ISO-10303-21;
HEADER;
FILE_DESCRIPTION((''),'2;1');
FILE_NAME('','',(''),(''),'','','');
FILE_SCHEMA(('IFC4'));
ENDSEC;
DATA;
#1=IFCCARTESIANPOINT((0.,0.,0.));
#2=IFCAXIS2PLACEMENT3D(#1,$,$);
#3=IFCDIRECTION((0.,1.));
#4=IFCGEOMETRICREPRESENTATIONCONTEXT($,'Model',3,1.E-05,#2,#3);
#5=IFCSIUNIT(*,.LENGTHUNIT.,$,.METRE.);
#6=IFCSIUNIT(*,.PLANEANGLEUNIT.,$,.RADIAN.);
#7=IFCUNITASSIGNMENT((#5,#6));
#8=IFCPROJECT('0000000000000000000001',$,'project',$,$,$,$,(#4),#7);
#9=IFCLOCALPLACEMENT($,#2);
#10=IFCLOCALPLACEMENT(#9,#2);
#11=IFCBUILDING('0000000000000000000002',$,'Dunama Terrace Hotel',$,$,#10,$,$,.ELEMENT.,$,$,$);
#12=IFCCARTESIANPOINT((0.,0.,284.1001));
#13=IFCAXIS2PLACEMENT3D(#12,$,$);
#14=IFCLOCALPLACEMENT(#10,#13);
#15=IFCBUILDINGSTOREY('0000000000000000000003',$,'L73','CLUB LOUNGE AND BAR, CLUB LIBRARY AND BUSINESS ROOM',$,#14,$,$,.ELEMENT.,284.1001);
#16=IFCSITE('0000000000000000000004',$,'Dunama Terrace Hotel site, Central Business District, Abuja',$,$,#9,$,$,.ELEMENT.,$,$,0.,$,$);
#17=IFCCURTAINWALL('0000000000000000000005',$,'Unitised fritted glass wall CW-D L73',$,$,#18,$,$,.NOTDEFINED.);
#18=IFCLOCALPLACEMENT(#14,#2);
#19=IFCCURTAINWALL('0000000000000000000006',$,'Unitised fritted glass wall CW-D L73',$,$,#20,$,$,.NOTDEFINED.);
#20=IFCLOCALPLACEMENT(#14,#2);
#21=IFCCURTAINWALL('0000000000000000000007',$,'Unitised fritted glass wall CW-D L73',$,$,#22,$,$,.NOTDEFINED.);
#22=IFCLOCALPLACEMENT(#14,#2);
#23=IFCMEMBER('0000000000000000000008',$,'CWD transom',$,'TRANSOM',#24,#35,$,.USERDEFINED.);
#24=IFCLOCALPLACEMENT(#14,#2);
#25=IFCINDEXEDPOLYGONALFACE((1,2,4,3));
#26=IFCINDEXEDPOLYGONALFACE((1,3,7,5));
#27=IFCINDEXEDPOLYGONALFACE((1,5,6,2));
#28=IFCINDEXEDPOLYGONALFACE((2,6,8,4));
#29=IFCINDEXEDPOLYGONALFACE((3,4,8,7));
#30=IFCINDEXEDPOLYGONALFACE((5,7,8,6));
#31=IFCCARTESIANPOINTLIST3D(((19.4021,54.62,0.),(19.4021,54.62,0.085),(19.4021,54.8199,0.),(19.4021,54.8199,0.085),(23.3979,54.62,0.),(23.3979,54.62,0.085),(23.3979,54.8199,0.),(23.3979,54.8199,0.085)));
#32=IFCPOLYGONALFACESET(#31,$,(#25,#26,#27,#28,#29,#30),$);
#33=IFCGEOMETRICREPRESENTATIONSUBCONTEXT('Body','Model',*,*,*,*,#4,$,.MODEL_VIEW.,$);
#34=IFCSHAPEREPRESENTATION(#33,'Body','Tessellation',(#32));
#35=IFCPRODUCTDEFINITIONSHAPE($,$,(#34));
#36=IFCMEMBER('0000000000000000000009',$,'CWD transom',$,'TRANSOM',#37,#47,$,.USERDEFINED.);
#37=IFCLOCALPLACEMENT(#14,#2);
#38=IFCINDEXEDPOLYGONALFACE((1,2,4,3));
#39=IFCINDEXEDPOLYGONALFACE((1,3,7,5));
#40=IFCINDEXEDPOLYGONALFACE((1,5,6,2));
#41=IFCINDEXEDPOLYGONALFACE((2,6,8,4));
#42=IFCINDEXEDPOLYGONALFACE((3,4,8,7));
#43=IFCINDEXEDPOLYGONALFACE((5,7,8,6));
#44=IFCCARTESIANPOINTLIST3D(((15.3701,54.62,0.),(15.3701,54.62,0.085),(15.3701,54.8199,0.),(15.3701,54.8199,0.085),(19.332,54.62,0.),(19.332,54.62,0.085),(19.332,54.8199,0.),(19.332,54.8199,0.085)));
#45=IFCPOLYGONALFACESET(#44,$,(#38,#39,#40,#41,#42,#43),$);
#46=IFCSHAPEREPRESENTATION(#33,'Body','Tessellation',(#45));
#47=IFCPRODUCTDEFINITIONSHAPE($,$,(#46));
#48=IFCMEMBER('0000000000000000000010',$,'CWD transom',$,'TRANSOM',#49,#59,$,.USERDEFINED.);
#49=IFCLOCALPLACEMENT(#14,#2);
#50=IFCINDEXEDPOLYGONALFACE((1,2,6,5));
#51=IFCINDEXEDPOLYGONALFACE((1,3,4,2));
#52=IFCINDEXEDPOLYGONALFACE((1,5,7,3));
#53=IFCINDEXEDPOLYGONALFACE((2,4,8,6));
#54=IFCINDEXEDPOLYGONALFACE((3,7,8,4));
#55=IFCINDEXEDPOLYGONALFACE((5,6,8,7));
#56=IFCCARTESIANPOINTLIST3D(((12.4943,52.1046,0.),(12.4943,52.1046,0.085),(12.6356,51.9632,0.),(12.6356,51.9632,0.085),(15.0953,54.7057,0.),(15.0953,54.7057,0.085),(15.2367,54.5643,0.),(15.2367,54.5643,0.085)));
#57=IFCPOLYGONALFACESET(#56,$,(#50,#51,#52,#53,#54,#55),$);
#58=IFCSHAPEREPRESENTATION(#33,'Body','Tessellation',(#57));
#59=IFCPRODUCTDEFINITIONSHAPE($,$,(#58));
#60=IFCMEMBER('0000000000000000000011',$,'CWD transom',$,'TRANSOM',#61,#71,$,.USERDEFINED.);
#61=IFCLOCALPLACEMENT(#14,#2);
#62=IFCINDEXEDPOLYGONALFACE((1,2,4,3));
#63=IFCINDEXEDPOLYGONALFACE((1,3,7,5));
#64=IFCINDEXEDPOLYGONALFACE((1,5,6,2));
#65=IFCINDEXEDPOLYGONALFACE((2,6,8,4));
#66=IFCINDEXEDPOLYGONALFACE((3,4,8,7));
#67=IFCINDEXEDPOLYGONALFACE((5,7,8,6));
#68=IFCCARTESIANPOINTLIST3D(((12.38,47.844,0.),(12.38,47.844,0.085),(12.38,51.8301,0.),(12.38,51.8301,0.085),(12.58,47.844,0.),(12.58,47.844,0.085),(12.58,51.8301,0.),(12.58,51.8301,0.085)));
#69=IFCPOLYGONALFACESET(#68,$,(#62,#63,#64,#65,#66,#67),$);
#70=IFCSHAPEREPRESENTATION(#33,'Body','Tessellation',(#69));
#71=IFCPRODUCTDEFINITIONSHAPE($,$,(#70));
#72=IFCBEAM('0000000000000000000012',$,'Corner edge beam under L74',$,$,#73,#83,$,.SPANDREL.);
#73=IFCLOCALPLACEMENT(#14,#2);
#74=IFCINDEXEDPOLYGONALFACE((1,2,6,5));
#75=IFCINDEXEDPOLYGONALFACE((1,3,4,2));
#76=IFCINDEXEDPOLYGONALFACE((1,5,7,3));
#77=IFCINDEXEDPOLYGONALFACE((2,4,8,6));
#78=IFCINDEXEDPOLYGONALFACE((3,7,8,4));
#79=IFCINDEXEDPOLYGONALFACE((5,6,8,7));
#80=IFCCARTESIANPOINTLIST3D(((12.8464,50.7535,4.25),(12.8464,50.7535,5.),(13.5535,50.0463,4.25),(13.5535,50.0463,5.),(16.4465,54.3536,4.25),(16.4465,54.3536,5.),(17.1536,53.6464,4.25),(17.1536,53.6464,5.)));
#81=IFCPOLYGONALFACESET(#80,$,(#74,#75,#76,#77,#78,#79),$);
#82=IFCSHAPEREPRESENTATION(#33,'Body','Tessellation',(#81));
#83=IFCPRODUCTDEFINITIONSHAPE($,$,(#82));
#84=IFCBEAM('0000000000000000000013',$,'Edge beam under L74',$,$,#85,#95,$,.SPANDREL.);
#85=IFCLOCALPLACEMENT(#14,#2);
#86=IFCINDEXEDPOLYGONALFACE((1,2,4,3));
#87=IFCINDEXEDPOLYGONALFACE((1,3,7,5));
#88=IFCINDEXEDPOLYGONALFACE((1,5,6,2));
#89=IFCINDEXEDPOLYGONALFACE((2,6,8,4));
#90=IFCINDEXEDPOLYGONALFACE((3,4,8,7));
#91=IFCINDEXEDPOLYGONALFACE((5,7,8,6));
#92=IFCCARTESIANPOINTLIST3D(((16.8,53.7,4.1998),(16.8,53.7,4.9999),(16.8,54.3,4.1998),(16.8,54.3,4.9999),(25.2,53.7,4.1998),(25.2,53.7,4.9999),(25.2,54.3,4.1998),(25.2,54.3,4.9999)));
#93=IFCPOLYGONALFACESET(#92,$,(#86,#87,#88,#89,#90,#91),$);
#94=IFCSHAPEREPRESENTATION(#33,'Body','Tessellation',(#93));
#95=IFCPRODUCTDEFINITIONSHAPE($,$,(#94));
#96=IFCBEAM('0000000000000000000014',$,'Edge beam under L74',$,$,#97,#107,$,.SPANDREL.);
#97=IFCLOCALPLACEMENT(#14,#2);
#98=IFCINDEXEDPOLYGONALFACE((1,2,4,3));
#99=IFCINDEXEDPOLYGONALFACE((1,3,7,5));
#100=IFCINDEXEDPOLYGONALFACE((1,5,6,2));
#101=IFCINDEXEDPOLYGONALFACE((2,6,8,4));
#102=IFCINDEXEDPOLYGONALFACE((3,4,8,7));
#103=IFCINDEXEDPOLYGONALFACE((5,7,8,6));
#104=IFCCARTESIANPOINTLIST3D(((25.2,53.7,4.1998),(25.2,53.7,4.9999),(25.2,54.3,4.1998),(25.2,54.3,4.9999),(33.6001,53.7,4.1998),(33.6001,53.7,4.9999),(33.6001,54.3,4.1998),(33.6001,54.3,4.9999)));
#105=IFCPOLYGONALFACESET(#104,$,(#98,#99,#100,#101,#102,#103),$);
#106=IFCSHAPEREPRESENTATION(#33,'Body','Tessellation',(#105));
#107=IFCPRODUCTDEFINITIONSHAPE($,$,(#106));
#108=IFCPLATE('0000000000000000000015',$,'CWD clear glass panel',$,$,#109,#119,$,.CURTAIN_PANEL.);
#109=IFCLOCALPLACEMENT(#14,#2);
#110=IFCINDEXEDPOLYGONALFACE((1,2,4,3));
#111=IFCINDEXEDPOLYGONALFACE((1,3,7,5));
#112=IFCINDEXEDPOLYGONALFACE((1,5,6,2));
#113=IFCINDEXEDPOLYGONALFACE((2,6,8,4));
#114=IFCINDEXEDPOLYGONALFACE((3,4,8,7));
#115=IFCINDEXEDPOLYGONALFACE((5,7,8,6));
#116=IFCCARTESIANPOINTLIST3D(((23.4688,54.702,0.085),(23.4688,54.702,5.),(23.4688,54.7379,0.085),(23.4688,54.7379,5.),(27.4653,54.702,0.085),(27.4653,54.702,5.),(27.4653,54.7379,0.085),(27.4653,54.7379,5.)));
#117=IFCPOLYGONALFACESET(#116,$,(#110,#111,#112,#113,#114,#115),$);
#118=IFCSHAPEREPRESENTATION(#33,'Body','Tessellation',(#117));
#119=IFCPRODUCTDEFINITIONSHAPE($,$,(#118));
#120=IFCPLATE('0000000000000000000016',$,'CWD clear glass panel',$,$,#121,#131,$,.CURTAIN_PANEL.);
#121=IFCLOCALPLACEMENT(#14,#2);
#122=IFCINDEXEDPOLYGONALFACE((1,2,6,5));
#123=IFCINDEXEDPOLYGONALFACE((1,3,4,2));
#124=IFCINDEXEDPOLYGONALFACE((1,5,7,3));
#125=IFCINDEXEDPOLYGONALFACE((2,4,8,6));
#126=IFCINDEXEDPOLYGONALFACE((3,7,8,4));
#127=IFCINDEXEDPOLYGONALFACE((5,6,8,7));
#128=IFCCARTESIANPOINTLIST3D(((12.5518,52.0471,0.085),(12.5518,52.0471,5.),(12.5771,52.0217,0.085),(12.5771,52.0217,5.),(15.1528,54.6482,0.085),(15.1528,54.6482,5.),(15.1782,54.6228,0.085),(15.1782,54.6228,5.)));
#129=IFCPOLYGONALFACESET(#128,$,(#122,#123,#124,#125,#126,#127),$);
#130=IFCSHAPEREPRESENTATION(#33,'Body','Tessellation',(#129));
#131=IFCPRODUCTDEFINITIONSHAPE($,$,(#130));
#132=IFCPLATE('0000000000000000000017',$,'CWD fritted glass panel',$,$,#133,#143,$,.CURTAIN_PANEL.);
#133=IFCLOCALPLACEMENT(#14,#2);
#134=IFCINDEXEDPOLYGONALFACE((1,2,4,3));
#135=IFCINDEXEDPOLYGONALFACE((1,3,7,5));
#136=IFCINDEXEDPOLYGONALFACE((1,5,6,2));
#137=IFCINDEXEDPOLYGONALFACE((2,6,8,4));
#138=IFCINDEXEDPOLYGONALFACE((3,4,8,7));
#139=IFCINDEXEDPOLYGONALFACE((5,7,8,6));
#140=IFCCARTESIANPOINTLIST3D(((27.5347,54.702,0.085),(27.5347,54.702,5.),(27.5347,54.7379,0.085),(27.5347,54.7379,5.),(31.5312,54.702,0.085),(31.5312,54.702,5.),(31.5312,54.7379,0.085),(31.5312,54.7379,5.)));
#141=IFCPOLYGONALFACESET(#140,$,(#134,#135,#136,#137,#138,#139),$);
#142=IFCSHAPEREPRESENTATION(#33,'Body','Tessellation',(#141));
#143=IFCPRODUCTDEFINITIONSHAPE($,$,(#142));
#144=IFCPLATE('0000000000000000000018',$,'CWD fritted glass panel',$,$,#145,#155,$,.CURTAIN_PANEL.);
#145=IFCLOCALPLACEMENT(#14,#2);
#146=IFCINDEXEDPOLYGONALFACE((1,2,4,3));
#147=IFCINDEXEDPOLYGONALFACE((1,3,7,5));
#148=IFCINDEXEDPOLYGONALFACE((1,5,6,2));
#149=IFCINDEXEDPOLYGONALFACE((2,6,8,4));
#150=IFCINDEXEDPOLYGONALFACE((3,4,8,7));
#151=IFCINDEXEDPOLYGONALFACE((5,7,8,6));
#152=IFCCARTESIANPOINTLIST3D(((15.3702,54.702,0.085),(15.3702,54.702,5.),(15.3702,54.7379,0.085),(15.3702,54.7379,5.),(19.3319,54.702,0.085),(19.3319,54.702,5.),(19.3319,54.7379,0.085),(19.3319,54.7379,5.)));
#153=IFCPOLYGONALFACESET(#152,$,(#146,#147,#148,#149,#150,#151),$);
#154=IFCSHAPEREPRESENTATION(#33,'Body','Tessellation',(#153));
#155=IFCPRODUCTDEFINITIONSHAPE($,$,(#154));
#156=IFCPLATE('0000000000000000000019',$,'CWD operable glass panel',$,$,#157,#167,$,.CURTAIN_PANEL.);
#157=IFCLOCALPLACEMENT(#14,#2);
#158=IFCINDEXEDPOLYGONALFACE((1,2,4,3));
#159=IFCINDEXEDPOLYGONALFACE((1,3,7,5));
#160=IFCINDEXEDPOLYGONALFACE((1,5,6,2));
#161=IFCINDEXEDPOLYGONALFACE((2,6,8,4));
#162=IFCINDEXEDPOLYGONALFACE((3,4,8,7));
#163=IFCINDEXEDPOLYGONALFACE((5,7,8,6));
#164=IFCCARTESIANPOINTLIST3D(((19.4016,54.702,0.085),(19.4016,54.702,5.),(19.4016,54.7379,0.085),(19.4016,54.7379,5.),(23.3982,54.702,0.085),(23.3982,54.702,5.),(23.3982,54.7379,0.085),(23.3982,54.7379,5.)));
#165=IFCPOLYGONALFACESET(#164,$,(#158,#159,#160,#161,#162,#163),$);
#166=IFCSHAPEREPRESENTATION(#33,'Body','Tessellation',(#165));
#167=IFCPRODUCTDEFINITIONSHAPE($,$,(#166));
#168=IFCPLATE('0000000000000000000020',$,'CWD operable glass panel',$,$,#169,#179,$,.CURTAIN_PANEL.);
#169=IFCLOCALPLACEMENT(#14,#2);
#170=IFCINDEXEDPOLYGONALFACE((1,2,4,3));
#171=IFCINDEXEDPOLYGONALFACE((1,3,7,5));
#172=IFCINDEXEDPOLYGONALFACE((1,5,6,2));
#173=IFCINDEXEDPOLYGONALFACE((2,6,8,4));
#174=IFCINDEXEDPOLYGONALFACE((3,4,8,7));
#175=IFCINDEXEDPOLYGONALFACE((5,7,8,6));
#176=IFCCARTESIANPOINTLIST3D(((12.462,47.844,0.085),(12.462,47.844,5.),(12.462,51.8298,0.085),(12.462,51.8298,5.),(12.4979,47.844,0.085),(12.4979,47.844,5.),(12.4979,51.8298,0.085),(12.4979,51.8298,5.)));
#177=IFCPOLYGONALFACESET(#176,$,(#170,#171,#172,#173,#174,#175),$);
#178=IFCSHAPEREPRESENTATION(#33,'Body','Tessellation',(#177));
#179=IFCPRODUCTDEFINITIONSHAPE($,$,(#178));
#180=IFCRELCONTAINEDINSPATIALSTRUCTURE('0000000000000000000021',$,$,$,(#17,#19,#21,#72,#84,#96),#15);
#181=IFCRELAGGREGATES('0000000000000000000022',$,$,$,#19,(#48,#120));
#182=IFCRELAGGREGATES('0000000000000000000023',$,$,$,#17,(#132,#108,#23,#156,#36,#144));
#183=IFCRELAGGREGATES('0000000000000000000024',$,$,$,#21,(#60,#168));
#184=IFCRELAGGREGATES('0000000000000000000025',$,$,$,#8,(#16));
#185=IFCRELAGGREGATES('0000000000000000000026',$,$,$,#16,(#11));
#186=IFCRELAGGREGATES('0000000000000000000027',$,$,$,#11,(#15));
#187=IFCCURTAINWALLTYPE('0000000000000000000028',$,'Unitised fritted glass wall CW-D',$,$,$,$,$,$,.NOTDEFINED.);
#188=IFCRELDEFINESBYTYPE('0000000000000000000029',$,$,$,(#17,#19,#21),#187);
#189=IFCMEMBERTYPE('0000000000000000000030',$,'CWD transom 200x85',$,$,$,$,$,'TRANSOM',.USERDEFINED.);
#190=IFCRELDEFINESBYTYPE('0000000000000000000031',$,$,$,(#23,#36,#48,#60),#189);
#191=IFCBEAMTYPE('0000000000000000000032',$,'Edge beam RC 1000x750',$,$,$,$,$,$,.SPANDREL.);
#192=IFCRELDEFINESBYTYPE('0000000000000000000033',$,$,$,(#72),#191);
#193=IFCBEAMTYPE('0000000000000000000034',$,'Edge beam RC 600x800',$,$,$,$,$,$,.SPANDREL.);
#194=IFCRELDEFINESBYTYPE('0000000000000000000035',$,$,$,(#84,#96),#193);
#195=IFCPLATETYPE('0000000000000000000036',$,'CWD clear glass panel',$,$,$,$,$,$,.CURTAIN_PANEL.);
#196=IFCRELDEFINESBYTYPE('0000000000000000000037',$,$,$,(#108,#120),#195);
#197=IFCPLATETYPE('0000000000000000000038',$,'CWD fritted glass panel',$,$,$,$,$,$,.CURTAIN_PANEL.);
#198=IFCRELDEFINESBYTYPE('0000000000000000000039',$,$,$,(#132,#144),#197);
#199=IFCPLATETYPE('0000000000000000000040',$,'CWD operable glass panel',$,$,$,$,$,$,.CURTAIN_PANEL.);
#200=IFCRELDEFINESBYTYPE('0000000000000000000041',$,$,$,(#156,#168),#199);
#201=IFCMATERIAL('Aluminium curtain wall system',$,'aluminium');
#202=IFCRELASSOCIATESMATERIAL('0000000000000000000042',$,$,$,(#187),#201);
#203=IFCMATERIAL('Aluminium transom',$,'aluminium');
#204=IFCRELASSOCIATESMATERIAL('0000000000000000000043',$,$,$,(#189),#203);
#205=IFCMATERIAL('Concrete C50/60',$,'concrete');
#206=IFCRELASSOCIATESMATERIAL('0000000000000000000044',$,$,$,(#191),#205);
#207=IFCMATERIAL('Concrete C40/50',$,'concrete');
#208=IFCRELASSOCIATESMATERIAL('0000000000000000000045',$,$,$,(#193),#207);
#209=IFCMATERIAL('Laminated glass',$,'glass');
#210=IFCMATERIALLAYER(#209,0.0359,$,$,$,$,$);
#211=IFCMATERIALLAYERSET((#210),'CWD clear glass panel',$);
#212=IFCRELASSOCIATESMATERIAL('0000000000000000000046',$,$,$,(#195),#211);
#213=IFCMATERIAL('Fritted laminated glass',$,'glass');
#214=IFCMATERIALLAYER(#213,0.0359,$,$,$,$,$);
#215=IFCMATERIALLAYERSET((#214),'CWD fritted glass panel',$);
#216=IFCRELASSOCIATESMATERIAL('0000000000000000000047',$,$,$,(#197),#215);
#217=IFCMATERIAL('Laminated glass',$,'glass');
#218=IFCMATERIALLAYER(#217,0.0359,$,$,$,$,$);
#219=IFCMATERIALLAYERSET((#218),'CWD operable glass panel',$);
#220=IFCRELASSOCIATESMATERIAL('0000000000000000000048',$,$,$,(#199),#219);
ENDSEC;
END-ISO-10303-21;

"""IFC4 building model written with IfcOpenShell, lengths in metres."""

from ifc_helpers import new_model, si_unit, direction, frame, origin, origin_2d, place, context, subcontext, project, spatial, rectangle, extrude, material, layer, layer_set, material_profile, profile_set, type_object, element, aggregate, save


model = new_model("IFC4")

# Units and contexts
model_context = context("Model", 3, precision=1e-05, world=origin(), true_north=direction((0.0, 1.0)))
body_context = subcontext(model_context, "Body", "Model", "MODEL_VIEW")
ifc_project = project(units=[si_unit("LENGTHUNIT", "METRE"), si_unit("PLANEANGLEUNIT", "RADIAN")], contexts=[model_context])

# Site, building, storey
site_placement = place(None, origin())
site = spatial("IfcSite", under=ifc_project, at=site_placement, Name="Dunama Terrace Hotel site, Central Business District, Abuja", CompositionType="ELEMENT", RefElevation=0.0)
building_placement = place(site_placement, origin())
building = spatial("IfcBuilding", under=site, at=building_placement, Name="Dunama Terrace Hotel", CompositionType="ELEMENT")
storey_placement = place(building_placement, frame((0.0, 0.0, 284.1001)))
storey = spatial("IfcBuildingStorey", under=building, at=storey_placement, Name="L73", Description="CLUB LOUNGE AND BAR, CLUB LIBRARY AND BUSINESS ROOM", CompositionType="ELEMENT", Elevation=284.1001)

# Curtain walls
ifc_material_1 = material(Name="Aluminium curtain wall system", Category="aluminium")
curtain_wall_type = type_object("IfcCurtainWallType", Name="Unitised fritted glass wall CW-D", PredefinedType="NOTDEFINED", material=ifc_material_1)
curtain_wall_1_placement = place(storey_placement, origin())
curtain_wall_1 = element("IfcCurtainWall", 1, at=curtain_wall_1_placement, inside=storey, type_object=curtain_wall_type, Name="Unitised fritted glass wall CW-D L73", PredefinedType="NOTDEFINED")
curtain_wall_2_placement = place(storey_placement, origin())
curtain_wall_2 = element("IfcCurtainWall", 2, at=curtain_wall_2_placement, inside=storey, type_object=curtain_wall_type, Name="Unitised fritted glass wall CW-D L73", PredefinedType="NOTDEFINED")
curtain_wall_3_placement = place(storey_placement, origin())
curtain_wall_3 = element("IfcCurtainWall", 3, at=curtain_wall_3_placement, inside=storey, type_object=curtain_wall_type, Name="Unitised fritted glass wall CW-D L73", PredefinedType="NOTDEFINED")

# Members
ifc_material_2 = material(Name="Aluminium transom", Category="aluminium")
ifc_material_profile_1 = material_profile(ifc_material_2, rectangle(XDim=0.2, YDim=0.085, at=origin_2d()), Name="CWD TRANSOM 200X85")
ifc_profile_set_1 = profile_set([ifc_material_profile_1], Name="Aluminium transom")
member_type_1 = type_object("IfcMemberType", Name="CWD transom 200x85", ElementType="TRANSOM", PredefinedType="USERDEFINED", material=ifc_profile_set_1)
member_1_placement = place(storey_placement, frame((23.3979, 54.72, 0.0425), z_axis=(-1.0, 0.0, 0.0), x_axis=(0.0, -1.0, 0.0)))
member_1 = element("IfcMember", 4, at=member_1_placement, type_object=member_type_1, Name="CWD transom", ObjectType="TRANSOM", PredefinedType="USERDEFINED", context=body_context, shape_type="SweptSolid", body=[
    extrude(rectangle(XDim=0.2, YDim=0.085, at=origin_2d()), origin(), (0.0, 0.0, 1.0), 3.9958),
])
member_2_placement = place(storey_placement, frame((19.332, 54.72, 0.0425), z_axis=(-1.0, 0.0, 0.0), x_axis=(0.0, -1.0, 0.0)))
member_2 = element("IfcMember", 5, at=member_2_placement, type_object=member_type_1, Name="CWD transom", ObjectType="TRANSOM", PredefinedType="USERDEFINED", context=body_context, shape_type="SweptSolid", body=[
    extrude(rectangle(XDim=0.2, YDim=0.085, at=origin_2d()), origin(), (0.0, 0.0, 1.0), 3.9619),
])
member_3_placement = place(storey_placement, frame((15.166, 54.635, 0.0425), z_axis=(-0.707107, -0.707107, 0.0), x_axis=(0.707107, -0.707107, 0.0)))
member_3 = element("IfcMember", 6, at=member_3_placement, type_object=member_type_1, Name="CWD transom", ObjectType="TRANSOM", PredefinedType="USERDEFINED", context=body_context, shape_type="SweptSolid", body=[
    extrude(rectangle(XDim=0.2, YDim=0.085, at=origin_2d()), origin(), (0.0, 0.0, 1.0), 3.6785),
])
member_4_placement = place(storey_placement, frame((12.48, 51.8301, 0.0425), z_axis=(0.0, -1.0, 0.0), x_axis=(1.0, 0.0, 0.0)))
member_4 = element("IfcMember", 7, at=member_4_placement, type_object=member_type_1, Name="CWD transom", ObjectType="TRANSOM", PredefinedType="USERDEFINED", context=body_context, shape_type="SweptSolid", body=[
    extrude(rectangle(XDim=0.2, YDim=0.085, at=origin_2d()), origin(), (0.0, 0.0, 1.0), 3.9861),
])

# Beams
ifc_material_3 = material(Name="Concrete C50/60", Category="concrete")
ifc_material_profile_2 = material_profile(ifc_material_3, rectangle(XDim=1.0, YDim=0.75, at=origin_2d()), Name="RC 1000x750")
ifc_profile_set_2 = profile_set([ifc_material_profile_2], Name="Concrete C50/60")
beam_type_1 = type_object("IfcBeamType", Name="Edge beam RC 1000x750", PredefinedType="SPANDREL", material=ifc_profile_set_2)
beam_1_placement = place(storey_placement, frame((16.8, 54.0, 4.625), z_axis=(-0.707107, -0.707107, 0.0), x_axis=(0.707107, -0.707107, 0.0)))
element("IfcBeam", 8, at=beam_1_placement, inside=storey, type_object=beam_type_1, Name="Corner edge beam under L74", PredefinedType="SPANDREL", context=body_context, shape_type="SweptSolid", body=[
    extrude(rectangle(XDim=1.0, YDim=0.75, at=origin_2d()), origin(), (0.0, 0.0, 1.0), 5.0913),
])
ifc_material_4 = material(Name="Concrete C40/50", Category="concrete")
ifc_material_profile_3 = material_profile(ifc_material_4, rectangle(XDim=0.6001, YDim=0.8, at=origin_2d()), Name="RC 600x800")
ifc_profile_set_3 = profile_set([ifc_material_profile_3], Name="Concrete C40/50")
beam_type_2 = type_object("IfcBeamType", Name="Edge beam RC 600x800", PredefinedType="SPANDREL", material=ifc_profile_set_3)
beam_2_placement = place(storey_placement, frame((16.8, 54.0, 4.5999), z_axis=(1.0, 0.0, 0.0), x_axis=(0.0, 1.0, 0.0)))
element("IfcBeam", 9, at=beam_2_placement, inside=storey, type_object=beam_type_2, Name="Edge beam under L74", PredefinedType="SPANDREL", context=body_context, shape_type="SweptSolid", body=[
    extrude(rectangle(XDim=0.6001, YDim=0.8, at=origin_2d()), origin(), (0.0, 0.0, 1.0), 8.3999),
])
beam_3_placement = place(storey_placement, frame((25.2, 54.0, 4.5999), z_axis=(1.0, 0.0, 0.0), x_axis=(0.0, 1.0, 0.0)))
element("IfcBeam", 10, at=beam_3_placement, inside=storey, type_object=beam_type_2, Name="Edge beam under L74", PredefinedType="SPANDREL", context=body_context, shape_type="SweptSolid", body=[
    extrude(rectangle(XDim=0.6001, YDim=0.8, at=origin_2d()), origin(), (0.0, 0.0, 1.0), 8.4001),
])

# Plates
ifc_material_5 = material(Name="Laminated glass", Category="glass")
ifc_layer_1 = layer(ifc_material_5, 0.0359)
ifc_layer_set_1 = layer_set([ifc_layer_1], Name="CWD clear glass panel")
plate_type_1 = type_object("IfcPlateType", Name="CWD clear glass panel", PredefinedType="CURTAIN_PANEL", material=ifc_layer_set_1)
plate_1_placement = place(storey_placement, frame((25.467, 54.72, 0.085), z_axis=(0.0, 0.0, 1.0), x_axis=(-1.0, 0.0, 0.0)))
plate_1 = element("IfcPlate", 11, at=plate_1_placement, type_object=plate_type_1, Name="CWD clear glass panel", PredefinedType="CURTAIN_PANEL", context=body_context, shape_type="SweptSolid", body=[
    extrude(rectangle(XDim=3.9966, YDim=0.0359, at=origin_2d()), origin(), (0.0, 0.0, 1.0), 4.915),
])
plate_2_placement = place(storey_placement, frame((13.865, 53.335, 0.085), z_axis=(0.0, 0.0, 1.0), x_axis=(-0.707107, -0.707107, 0.0)))
plate_2 = element("IfcPlate", 12, at=plate_2_placement, type_object=plate_type_1, Name="CWD clear glass panel", PredefinedType="CURTAIN_PANEL", context=body_context, shape_type="SweptSolid", body=[
    extrude(rectangle(XDim=3.6785, YDim=0.0359, at=origin_2d()), origin(), (0.0, 0.0, 1.0), 4.915),
])
aggregate(curtain_wall_2, [member_3, plate_2])
ifc_material_6 = material(Name="Fritted laminated glass", Category="glass")
ifc_layer_2 = layer(ifc_material_6, 0.0359)
ifc_layer_set_2 = layer_set([ifc_layer_2], Name="CWD fritted glass panel")
plate_type_2 = type_object("IfcPlateType", Name="CWD fritted glass panel", PredefinedType="CURTAIN_PANEL", material=ifc_layer_set_2)
plate_3_placement = place(storey_placement, frame((29.533, 54.72, 0.085), z_axis=(0.0, 0.0, 1.0), x_axis=(-1.0, 0.0, 0.0)))
plate_3 = element("IfcPlate", 13, at=plate_3_placement, type_object=plate_type_2, Name="CWD fritted glass panel", PredefinedType="CURTAIN_PANEL", context=body_context, shape_type="SweptSolid", body=[
    extrude(rectangle(XDim=3.9966, YDim=0.0359, at=origin_2d()), origin(), (0.0, 0.0, 1.0), 4.915),
])
plate_4_placement = place(storey_placement, frame((17.3511, 54.72, 0.085), z_axis=(0.0, 0.0, 1.0), x_axis=(-1.0, 0.0, 0.0)))
plate_4 = element("IfcPlate", 14, at=plate_4_placement, type_object=plate_type_2, Name="CWD fritted glass panel", PredefinedType="CURTAIN_PANEL", context=body_context, shape_type="SweptSolid", body=[
    extrude(rectangle(XDim=3.9617, YDim=0.0359, at=origin_2d()), origin(), (0.0, 0.0, 1.0), 4.915),
])
ifc_material_7 = material(Name="Laminated glass", Category="glass")
ifc_layer_3 = layer(ifc_material_7, 0.0359)
ifc_layer_set_3 = layer_set([ifc_layer_3], Name="CWD operable glass panel")
plate_type_3 = type_object("IfcPlateType", Name="CWD operable glass panel", PredefinedType="CURTAIN_PANEL", material=ifc_layer_set_3)
plate_5_placement = place(storey_placement, frame((21.3999, 54.72, 0.085), z_axis=(0.0, 0.0, 1.0), x_axis=(-1.0, 0.0, 0.0)))
plate_5 = element("IfcPlate", 15, at=plate_5_placement, type_object=plate_type_3, Name="CWD operable glass panel", PredefinedType="CURTAIN_PANEL", context=body_context, shape_type="SweptSolid", body=[
    extrude(rectangle(XDim=3.9966, YDim=0.0359, at=origin_2d()), origin(), (0.0, 0.0, 1.0), 4.915),
])
aggregate(curtain_wall_1, [plate_3, plate_1, member_1, plate_5, member_2, plate_4])
plate_6_placement = place(storey_placement, frame((12.48, 49.8369, 0.085), z_axis=(0.0, 0.0, 1.0), x_axis=(0.0, -1.0, 0.0)))
plate_6 = element("IfcPlate", 16, at=plate_6_placement, type_object=plate_type_3, Name="CWD operable glass panel", PredefinedType="CURTAIN_PANEL", context=body_context, shape_type="SweptSolid", body=[
    extrude(rectangle(XDim=3.9858, YDim=0.0359, at=origin_2d()), origin(), (0.0, 0.0, 1.0), 4.915),
])
aggregate(curtain_wall_3, [member_4, plate_6])

save(model, "model.ifc")
